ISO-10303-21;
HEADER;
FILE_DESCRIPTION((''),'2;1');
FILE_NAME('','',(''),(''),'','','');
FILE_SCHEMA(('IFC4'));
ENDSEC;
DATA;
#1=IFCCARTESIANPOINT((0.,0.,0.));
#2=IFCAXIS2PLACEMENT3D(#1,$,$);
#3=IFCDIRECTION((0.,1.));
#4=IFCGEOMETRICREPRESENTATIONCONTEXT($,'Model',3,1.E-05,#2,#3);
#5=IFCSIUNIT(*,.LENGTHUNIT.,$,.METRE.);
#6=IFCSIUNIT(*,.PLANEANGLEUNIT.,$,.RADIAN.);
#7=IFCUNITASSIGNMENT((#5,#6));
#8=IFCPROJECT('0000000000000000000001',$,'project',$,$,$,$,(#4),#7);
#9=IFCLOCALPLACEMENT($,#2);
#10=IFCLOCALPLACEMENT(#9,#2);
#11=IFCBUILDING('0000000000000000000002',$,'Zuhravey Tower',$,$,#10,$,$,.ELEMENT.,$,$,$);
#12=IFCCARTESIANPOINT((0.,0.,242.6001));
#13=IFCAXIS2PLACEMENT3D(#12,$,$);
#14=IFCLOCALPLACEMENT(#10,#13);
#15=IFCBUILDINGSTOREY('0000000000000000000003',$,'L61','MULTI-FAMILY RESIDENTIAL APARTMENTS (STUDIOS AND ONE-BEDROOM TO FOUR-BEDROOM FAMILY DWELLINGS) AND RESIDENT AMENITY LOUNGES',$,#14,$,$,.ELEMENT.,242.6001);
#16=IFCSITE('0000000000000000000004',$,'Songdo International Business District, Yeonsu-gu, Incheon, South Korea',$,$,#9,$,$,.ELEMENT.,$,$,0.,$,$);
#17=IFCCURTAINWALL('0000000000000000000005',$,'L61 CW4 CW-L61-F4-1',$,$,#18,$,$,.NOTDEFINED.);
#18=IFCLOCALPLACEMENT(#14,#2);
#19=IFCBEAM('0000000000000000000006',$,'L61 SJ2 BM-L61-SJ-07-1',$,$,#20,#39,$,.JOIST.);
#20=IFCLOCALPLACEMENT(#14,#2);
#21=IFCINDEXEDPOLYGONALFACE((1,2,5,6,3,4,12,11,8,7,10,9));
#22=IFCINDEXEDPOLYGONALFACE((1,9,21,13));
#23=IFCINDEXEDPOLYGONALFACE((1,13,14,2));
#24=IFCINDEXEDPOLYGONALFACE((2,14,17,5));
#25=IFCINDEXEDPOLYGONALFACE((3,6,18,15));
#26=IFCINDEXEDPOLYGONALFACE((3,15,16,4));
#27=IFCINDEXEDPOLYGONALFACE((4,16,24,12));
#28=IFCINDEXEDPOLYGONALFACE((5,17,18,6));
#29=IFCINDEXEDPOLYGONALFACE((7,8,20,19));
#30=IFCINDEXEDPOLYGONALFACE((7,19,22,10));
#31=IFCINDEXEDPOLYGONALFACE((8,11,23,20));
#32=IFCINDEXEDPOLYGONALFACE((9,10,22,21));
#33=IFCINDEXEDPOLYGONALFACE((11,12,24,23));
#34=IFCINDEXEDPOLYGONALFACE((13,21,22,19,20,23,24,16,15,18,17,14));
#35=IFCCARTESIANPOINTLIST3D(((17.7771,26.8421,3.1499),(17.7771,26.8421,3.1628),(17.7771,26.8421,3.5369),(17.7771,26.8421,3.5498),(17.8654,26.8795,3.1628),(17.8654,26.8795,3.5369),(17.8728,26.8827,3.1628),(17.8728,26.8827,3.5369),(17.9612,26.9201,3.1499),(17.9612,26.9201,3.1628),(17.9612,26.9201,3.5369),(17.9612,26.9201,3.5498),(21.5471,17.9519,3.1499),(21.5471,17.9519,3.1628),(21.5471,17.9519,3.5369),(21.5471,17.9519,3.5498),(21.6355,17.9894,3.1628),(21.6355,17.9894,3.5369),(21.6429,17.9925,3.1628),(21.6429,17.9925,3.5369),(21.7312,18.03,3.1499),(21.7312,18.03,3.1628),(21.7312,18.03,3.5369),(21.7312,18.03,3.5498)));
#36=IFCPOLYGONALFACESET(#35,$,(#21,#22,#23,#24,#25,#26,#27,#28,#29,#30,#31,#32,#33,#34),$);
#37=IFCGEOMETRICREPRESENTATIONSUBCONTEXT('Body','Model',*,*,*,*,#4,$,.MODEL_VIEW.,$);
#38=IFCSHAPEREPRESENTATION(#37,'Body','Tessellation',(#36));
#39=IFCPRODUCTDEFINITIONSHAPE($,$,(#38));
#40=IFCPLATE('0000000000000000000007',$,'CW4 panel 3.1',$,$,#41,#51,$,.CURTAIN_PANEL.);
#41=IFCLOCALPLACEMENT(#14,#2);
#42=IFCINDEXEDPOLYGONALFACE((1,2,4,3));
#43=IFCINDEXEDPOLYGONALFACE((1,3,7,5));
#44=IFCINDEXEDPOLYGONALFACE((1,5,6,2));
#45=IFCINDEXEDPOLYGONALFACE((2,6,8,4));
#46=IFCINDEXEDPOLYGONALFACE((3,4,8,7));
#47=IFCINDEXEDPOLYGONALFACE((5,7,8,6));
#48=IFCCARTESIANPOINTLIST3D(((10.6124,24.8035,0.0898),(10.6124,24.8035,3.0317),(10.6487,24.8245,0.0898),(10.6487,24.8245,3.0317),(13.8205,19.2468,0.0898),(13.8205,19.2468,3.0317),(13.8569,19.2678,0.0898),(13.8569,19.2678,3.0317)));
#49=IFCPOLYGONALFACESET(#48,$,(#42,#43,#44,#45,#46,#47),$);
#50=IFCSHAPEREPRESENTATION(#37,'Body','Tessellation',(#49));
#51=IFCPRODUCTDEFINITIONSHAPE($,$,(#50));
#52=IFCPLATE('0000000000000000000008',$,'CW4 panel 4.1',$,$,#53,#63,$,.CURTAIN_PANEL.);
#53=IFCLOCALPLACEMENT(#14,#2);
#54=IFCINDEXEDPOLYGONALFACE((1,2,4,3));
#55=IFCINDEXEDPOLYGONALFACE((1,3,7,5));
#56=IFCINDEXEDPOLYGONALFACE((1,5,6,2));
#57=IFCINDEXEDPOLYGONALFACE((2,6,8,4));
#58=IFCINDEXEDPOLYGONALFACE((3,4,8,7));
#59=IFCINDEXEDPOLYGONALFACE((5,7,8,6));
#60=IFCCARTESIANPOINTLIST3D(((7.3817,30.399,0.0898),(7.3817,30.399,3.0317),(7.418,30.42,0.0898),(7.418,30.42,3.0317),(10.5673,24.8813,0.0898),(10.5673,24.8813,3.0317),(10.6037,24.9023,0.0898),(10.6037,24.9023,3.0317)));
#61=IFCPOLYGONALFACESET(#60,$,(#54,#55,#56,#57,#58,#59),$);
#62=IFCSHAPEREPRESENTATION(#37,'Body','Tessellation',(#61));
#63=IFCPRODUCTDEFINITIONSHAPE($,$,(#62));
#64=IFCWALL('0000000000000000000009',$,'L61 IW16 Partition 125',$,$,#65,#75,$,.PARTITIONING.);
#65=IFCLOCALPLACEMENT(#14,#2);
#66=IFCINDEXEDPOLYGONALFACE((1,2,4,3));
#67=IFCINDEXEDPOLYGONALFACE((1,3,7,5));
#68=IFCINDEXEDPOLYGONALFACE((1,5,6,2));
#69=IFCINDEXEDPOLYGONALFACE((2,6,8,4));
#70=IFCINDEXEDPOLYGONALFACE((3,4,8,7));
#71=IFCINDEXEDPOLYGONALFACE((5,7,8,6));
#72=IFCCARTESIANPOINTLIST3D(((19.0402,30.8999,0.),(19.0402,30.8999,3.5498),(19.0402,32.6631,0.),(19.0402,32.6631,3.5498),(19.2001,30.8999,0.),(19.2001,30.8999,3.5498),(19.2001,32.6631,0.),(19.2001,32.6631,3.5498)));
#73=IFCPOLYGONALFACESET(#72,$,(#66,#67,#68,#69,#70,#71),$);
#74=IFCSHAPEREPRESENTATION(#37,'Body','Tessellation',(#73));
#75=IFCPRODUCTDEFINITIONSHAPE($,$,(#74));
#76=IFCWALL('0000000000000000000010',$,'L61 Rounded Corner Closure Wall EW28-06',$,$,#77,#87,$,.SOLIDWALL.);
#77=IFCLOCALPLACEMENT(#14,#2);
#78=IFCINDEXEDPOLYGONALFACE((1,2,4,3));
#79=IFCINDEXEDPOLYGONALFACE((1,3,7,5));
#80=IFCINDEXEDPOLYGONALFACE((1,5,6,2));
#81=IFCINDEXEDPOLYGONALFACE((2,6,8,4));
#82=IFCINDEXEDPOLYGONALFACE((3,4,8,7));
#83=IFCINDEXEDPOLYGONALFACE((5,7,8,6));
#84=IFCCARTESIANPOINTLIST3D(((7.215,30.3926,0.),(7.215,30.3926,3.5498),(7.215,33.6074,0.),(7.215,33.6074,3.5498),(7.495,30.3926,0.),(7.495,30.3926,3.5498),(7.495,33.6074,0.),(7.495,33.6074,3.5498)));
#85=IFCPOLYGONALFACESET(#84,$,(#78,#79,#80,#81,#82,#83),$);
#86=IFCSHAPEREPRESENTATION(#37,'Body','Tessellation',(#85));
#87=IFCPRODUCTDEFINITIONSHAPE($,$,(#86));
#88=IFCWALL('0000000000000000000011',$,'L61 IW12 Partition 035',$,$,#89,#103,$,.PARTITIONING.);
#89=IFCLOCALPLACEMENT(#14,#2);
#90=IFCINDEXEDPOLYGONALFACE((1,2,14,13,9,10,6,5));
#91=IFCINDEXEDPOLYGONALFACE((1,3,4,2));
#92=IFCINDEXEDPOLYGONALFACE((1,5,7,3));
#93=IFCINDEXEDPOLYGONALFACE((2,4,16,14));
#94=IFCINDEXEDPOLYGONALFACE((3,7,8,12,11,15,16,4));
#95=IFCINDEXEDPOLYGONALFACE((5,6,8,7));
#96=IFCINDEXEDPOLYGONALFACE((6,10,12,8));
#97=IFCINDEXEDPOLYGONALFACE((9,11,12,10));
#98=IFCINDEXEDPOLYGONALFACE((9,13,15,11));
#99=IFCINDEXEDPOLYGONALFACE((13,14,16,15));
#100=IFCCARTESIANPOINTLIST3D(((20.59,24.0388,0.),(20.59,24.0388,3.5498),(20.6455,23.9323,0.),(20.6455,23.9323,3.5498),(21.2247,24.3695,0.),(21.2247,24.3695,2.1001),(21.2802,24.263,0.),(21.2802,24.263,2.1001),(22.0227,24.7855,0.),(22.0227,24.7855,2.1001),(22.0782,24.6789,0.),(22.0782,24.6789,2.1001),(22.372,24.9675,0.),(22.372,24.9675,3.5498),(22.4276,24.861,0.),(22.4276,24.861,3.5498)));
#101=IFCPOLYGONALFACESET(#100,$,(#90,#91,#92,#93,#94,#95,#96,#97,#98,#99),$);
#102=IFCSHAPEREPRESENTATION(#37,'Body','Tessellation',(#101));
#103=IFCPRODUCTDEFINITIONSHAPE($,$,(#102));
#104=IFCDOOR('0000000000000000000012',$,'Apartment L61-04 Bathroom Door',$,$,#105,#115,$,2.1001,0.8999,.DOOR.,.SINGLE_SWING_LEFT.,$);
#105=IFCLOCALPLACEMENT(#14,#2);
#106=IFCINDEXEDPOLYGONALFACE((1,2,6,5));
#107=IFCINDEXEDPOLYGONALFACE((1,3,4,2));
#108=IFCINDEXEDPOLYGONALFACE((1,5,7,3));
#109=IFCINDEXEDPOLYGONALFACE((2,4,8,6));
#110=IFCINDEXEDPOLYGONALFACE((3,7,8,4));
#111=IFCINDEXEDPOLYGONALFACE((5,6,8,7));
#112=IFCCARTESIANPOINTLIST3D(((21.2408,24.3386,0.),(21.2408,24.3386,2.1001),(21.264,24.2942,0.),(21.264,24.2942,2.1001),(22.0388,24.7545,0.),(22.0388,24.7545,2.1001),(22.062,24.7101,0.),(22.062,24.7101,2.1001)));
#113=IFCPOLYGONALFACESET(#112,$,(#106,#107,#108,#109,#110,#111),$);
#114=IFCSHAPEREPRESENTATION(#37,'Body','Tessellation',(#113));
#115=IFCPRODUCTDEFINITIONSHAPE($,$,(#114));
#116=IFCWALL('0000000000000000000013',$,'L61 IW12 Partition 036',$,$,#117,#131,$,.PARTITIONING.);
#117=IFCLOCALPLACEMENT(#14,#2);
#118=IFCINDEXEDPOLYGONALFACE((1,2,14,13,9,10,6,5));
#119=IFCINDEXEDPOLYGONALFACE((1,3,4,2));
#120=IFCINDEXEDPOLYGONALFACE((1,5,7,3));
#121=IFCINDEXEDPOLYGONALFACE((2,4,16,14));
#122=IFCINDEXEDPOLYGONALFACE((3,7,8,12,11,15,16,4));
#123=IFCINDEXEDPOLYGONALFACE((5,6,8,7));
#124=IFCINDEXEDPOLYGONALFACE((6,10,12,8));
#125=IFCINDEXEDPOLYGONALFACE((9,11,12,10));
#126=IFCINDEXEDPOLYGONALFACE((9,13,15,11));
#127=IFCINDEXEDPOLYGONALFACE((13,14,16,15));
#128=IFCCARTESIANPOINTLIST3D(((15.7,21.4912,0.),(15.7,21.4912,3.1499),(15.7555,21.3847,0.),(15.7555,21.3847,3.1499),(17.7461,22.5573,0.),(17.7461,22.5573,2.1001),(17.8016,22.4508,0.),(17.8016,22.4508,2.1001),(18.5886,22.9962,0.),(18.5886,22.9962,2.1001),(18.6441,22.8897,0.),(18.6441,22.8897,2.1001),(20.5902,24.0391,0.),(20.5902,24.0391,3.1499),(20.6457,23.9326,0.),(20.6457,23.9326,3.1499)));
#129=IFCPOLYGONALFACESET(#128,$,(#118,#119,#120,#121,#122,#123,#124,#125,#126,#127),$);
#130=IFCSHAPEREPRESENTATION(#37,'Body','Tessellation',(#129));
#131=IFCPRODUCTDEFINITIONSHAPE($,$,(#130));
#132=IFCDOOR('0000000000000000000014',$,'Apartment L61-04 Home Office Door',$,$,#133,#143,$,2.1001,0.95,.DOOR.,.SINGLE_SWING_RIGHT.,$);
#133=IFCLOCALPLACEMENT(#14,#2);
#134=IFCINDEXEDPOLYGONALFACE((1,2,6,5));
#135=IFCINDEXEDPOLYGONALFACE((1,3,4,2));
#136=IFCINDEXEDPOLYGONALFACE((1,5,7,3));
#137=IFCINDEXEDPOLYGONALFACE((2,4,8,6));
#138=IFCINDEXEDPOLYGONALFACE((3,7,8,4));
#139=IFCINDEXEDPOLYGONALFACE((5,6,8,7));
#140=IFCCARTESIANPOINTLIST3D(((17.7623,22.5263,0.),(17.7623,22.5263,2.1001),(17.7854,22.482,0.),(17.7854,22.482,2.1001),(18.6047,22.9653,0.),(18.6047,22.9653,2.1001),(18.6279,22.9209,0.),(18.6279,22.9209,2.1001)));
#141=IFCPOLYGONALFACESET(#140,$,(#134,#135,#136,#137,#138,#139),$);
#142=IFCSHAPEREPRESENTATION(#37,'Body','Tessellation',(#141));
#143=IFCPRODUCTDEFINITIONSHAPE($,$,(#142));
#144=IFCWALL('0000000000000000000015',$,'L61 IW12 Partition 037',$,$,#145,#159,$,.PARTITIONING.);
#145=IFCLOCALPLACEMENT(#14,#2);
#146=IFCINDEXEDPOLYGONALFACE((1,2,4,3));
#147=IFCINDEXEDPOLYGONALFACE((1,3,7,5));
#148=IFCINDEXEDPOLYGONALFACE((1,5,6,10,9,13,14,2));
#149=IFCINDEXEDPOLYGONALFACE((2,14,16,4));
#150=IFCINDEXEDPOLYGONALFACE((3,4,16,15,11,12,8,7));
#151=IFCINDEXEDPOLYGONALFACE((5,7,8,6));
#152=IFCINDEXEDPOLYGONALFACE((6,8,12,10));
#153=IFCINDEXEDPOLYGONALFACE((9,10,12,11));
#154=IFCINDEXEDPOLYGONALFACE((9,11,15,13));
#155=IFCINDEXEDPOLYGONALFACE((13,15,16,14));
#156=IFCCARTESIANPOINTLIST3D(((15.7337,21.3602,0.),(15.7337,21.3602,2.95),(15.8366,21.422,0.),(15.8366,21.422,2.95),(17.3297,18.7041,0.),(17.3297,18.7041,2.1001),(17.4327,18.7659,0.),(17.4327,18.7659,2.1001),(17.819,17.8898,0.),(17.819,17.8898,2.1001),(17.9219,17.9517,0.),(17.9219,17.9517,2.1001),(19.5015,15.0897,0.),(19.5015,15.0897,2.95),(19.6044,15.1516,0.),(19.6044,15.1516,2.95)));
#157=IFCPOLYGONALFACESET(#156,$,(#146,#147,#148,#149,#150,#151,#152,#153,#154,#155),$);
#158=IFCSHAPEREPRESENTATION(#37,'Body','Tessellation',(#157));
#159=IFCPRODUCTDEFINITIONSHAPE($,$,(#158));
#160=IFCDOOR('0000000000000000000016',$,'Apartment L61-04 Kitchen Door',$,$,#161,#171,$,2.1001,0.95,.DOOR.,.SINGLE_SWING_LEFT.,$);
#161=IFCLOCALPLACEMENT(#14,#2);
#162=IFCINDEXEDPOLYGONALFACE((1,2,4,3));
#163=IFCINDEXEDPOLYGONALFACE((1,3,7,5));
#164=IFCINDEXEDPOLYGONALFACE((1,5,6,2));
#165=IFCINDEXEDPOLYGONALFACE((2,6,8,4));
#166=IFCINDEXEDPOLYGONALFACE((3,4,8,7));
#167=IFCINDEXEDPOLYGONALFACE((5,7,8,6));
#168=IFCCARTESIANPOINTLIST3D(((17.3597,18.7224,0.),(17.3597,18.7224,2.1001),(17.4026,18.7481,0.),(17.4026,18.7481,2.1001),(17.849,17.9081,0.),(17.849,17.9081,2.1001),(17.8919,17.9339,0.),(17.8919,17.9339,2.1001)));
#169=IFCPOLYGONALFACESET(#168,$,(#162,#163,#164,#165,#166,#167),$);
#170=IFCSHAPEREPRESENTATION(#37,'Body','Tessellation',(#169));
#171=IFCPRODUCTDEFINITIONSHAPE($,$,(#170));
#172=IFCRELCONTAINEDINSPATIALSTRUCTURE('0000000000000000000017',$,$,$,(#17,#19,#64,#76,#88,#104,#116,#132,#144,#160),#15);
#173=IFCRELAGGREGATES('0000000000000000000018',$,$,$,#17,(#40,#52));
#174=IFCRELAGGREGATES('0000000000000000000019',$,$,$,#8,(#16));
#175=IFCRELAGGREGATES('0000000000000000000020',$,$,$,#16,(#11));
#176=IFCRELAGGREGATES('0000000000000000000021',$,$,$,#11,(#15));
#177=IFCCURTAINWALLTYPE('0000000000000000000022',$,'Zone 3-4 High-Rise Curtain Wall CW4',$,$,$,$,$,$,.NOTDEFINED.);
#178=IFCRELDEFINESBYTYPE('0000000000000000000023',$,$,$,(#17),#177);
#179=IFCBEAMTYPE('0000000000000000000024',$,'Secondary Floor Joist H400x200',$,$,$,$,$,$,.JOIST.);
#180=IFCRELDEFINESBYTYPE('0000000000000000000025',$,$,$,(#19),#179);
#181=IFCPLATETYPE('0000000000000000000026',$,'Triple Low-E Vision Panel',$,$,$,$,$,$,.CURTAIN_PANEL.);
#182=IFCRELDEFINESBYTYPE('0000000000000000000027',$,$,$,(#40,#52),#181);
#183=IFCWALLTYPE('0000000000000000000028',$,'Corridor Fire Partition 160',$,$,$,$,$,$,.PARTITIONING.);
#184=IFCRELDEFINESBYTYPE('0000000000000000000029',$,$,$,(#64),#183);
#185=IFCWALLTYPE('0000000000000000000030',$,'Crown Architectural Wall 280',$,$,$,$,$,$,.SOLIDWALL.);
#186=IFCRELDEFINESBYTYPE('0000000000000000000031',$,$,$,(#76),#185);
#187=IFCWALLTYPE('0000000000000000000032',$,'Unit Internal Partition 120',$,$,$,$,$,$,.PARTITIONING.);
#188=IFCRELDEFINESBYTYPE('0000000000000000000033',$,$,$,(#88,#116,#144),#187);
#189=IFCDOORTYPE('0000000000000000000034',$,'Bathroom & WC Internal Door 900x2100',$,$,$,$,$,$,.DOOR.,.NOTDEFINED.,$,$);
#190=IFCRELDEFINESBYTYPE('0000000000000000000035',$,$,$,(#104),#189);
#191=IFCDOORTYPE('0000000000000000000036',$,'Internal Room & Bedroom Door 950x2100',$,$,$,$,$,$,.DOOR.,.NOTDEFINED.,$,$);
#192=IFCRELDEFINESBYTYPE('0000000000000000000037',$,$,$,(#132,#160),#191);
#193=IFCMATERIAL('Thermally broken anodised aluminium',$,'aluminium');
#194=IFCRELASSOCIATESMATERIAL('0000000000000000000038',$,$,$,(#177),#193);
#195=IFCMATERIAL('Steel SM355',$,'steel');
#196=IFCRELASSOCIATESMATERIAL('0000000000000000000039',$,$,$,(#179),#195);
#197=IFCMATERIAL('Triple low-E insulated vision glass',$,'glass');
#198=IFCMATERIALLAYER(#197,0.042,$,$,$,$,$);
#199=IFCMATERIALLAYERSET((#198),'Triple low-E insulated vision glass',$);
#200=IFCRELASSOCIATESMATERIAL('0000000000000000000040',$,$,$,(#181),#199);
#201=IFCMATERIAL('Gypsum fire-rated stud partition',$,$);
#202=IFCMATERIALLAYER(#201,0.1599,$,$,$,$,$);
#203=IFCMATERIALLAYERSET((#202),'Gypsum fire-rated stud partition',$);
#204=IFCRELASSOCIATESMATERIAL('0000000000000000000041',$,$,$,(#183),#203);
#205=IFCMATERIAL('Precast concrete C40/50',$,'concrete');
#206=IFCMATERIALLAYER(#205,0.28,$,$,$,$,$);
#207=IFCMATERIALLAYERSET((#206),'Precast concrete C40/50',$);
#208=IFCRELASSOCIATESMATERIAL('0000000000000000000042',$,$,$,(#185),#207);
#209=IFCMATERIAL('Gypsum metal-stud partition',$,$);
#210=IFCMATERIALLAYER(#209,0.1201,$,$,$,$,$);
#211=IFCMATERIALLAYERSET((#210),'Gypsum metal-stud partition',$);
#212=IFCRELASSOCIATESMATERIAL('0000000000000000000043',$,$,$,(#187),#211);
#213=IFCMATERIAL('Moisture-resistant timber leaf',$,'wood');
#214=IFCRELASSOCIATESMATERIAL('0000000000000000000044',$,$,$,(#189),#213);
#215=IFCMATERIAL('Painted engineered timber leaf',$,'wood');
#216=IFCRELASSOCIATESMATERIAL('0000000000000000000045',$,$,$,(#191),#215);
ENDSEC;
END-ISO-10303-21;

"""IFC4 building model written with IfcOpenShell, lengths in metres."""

from ifc_helpers import new_model, si_unit, direction, frame, frame_2d, origin, origin_2d, place, context, subcontext, project, spatial, rectangle, i_section, extrude, material, layer, layer_set, material_profile, profile_set, type_object, element, fill, aggregate, save


model = new_model("IFC4")

# Units and contexts
model_context = context("Model", 3, precision=1e-05, world=origin(), true_north=direction((0.0, 1.0)))
body_context = subcontext(model_context, "Body", "Model", "MODEL_VIEW")
ifc_project = project(units=[si_unit("LENGTHUNIT", "METRE"), si_unit("PLANEANGLEUNIT", "RADIAN")], contexts=[model_context])

# Site, building, storey
site_placement = place(None, origin())
site = spatial("IfcSite", under=ifc_project, at=site_placement, Name="Songdo International Business District, Yeonsu-gu, Incheon, South Korea", CompositionType="ELEMENT", RefElevation=0.0)
building_placement = place(site_placement, origin())
building = spatial("IfcBuilding", under=site, at=building_placement, Name="Zuhravey Tower", CompositionType="ELEMENT")
storey_placement = place(building_placement, frame((0.0, 0.0, 242.6001)))
storey = spatial("IfcBuildingStorey", under=building, at=storey_placement, Name="L61", Description="MULTI-FAMILY RESIDENTIAL APARTMENTS (STUDIOS AND ONE-BEDROOM TO FOUR-BEDROOM FAMILY DWELLINGS) AND RESIDENT AMENITY LOUNGES", CompositionType="ELEMENT", Elevation=242.6001)

# Curtain wall
ifc_material_1 = material(Name="Thermally broken anodised aluminium", Category="aluminium")
curtain_wall_type = type_object("IfcCurtainWallType", Name="Zone 3-4 High-Rise Curtain Wall CW4", PredefinedType="NOTDEFINED", material=ifc_material_1)
curtain_wall_placement = place(storey_placement, origin())
curtain_wall = element("IfcCurtainWall", 1, at=curtain_wall_placement, inside=storey, type_object=curtain_wall_type, Name="L61 CW4 CW-L61-F4-1", PredefinedType="NOTDEFINED")

# Beam
ifc_material_2 = material(Name="Steel SM355", Category="steel")
ifc_material_profile_1 = material_profile(ifc_material_2, i_section(OverallWidth=0.2, OverallDepth=0.3999, WebThickness=0.0081, FlangeThickness=0.0129, at=origin_2d()), Name="H-400x200x8x13")
ifc_profile_set_1 = profile_set([ifc_material_profile_1], Name="Steel SM355")
beam_type_1 = type_object("IfcBeamType", Name="Secondary Floor Joist H400x200", PredefinedType="JOIST", material=ifc_profile_set_1)
beam_1_placement = place(storey_placement, frame((17.8691, 26.8811, 3.3499), z_axis=(0.390413, -0.92064, 0.0), x_axis=(0.92064, 0.390413, 0.0)))
element("IfcBeam", 2, at=beam_1_placement, inside=storey, type_object=beam_type_1, Name="L61 SJ2 BM-L61-SJ-07-1", PredefinedType="JOIST", context=body_context, shape_type="SweptSolid", body=[
    extrude(i_section(OverallWidth=0.2, OverallDepth=0.3999, WebThickness=0.0081, FlangeThickness=0.0129, at=origin_2d()), origin(), (0.0, 0.0, 1.0), 9.6565),
])

# Plates
ifc_material_3 = material(Name="Triple low-E insulated vision glass", Category="glass")
ifc_layer_1 = layer(ifc_material_3, 0.042)
ifc_layer_set_1 = layer_set([ifc_layer_1], Name="Triple low-E insulated vision glass")
plate_type = type_object("IfcPlateType", Name="Triple Low-E Vision Panel", PredefinedType="CURTAIN_PANEL", material=ifc_layer_set_1)
plate_1_placement = place(storey_placement, frame((12.2346, 22.0356, 0.0898), z_axis=(0.0, 0.0, 1.0), x_axis=(-0.500001, 0.866025, 0.0)))
plate_1 = element("IfcPlate", 3, at=plate_1_placement, type_object=plate_type, Name="CW4 panel 3.1", PredefinedType="CURTAIN_PANEL", context=body_context, shape_type="SweptSolid", body=[
    extrude(rectangle(XDim=6.4163, YDim=0.042, at=origin_2d()), origin(), (0.0, 0.0, 1.0), 2.9419),
])
plate_2_placement = place(storey_placement, frame((8.9927, 27.6506, 0.0898), z_axis=(0.0, 0.0, 1.0), x_axis=(-0.500001, 0.866025, 0.0)))
plate_2 = element("IfcPlate", 4, at=plate_2_placement, type_object=plate_type, Name="CW4 panel 4.1", PredefinedType="CURTAIN_PANEL", context=body_context, shape_type="SweptSolid", body=[
    extrude(rectangle(XDim=6.3713, YDim=0.042, at=origin_2d()), origin(), (0.0, 0.0, 1.0), 2.9419),
])
aggregate(curtain_wall, [plate_1, plate_2])

# Shared definitions
ifc_material_4 = material(Name="Gypsum fire-rated stud partition")
ifc_layer_2 = layer(ifc_material_4, 0.1599)
ifc_layer_set_2 = layer_set([ifc_layer_2], Name="Gypsum fire-rated stud partition")
wall_type_1 = type_object("IfcWallType", Name="Corridor Fire Partition 160", PredefinedType="PARTITIONING", material=ifc_layer_set_2)

# Walls
wall_1_placement = place(storey_placement, frame((19.1201, 32.6631, 0.0), z_axis=(0.0, 0.0, 1.0), x_axis=(0.0, -1.0, 0.0)))
element("IfcWall", 5, at=wall_1_placement, inside=storey, type_object=wall_type_1, Name="L61 IW16 Partition 125", PredefinedType="PARTITIONING", context=body_context, shape_type="SweptSolid", body=[
    extrude(rectangle(XDim=1.7632, YDim=0.1599, at=frame_2d((0.8816, 0.0))), origin(), (0.0, 0.0, 1.0), 3.5498),
])
ifc_material_5 = material(Name="Precast concrete C40/50", Category="concrete")
ifc_layer_3 = layer(ifc_material_5, 0.28)
ifc_layer_set_3 = layer_set([ifc_layer_3], Name="Precast concrete C40/50")
wall_type_2 = type_object("IfcWallType", Name="Crown Architectural Wall 280", PredefinedType="SOLIDWALL", material=ifc_layer_set_3)
wall_2_placement = place(storey_placement, frame((7.355, 30.3926, 0.0), z_axis=(0.0, 0.0, 1.0), x_axis=(0.0, 1.0, 0.0)))
element("IfcWall", 6, at=wall_2_placement, inside=storey, type_object=wall_type_2, Name="L61 Rounded Corner Closure Wall EW28-06", PredefinedType="SOLIDWALL", context=body_context, shape_type="SweptSolid", body=[
    extrude(rectangle(XDim=3.2148, YDim=0.28, at=frame_2d((1.6074, 0.0))), origin(), (0.0, 0.0, 1.0), 3.5498),
])

# Walls, openings, doors
ifc_material_6 = material(Name="Gypsum metal-stud partition")
ifc_layer_4 = layer(ifc_material_6, 0.1201)
ifc_layer_set_4 = layer_set([ifc_layer_4], Name="Gypsum metal-stud partition")
wall_type_3 = type_object("IfcWallType", Name="Unit Internal Partition 120", PredefinedType="PARTITIONING", material=ifc_layer_set_4)
wall_3_placement = place(storey_placement, frame((22.3999, 24.9143, 0.0), z_axis=(0.0, 0.0, 1.0), x_axis=(-0.886793, -0.462167, 0.0)))
wall_3 = element("IfcWall", 7, at=wall_3_placement, inside=storey, type_object=wall_type_3, Name="L61 IW12 Partition 035", PredefinedType="PARTITIONING", context=body_context, shape_type="SweptSolid", body=[
    extrude(rectangle(XDim=2.0095, YDim=0.1201, at=frame_2d((1.0049, 0.0))), origin(), (0.0, 0.0, 1.0), 3.5498),
])
opening_1_placement = place(wall_3_placement, frame((0.394, 0.0, 0.0)))
opening_1 = element("IfcOpeningElement", 8, at=opening_1_placement, cuts=wall_3, PredefinedType="OPENING", context=body_context, shape_type="SweptSolid", body=[
    extrude(rectangle(XDim=0.8999, YDim=2.1001, at=frame_2d((0.45, 1.05))), frame((0.0, 0.072, 0.0), z_axis=(0.0, -1.0, 0.0), x_axis=(1.0, 0.0, 0.0)), (0.0, 0.0, 1.0), 0.144),
])
ifc_material_7 = material(Name="Moisture-resistant timber leaf", Category="wood")
door_type_1 = type_object("IfcDoorType", Name="Bathroom & WC Internal Door 900x2100", OperationType="NOTDEFINED", PredefinedType="DOOR", material=ifc_material_7)
door_1_placement = place(opening_1_placement, origin())
door_1 = element("IfcDoor", 9, at=door_1_placement, inside=storey, type_object=door_type_1, Name="Apartment L61-04 Bathroom Door", OperationType="SINGLE_SWING_LEFT", OverallHeight=2.1001, OverallWidth=0.8999, PredefinedType="DOOR", context=body_context, shape_type="SweptSolid", body=[
    extrude(rectangle(XDim=0.8999, YDim=2.1001, at=frame_2d((0.45, 1.05))), frame((0.0, 0.0249, 0.0), z_axis=(0.0, -1.0, 0.0), x_axis=(1.0, 0.0, 0.0)), (0.0, 0.0, 1.0), 0.05),
])
fill(opening_1, door_1)
wall_4_placement = place(storey_placement, frame((20.6179, 23.9858, 0.0), z_axis=(0.0, 0.0, 1.0), x_axis=(-0.886847, -0.462064, 0.0)))
wall_4 = element("IfcWall", 10, at=wall_4_placement, inside=storey, type_object=wall_type_3, Name="L61 IW12 Partition 036", PredefinedType="PARTITIONING", context=body_context, shape_type="SweptSolid", body=[
    extrude(rectangle(XDim=5.5142, YDim=0.1201, at=frame_2d((2.7571, 0.0))), origin(), (0.0, 0.0, 1.0), 3.1499),
])
opening_2_placement = place(wall_4_placement, frame((2.2568, 0.0, 0.0)))
opening_2 = element("IfcOpeningElement", 11, at=opening_2_placement, cuts=wall_4, PredefinedType="OPENING", context=body_context, shape_type="SweptSolid", body=[
    extrude(rectangle(XDim=0.95, YDim=2.1001, at=frame_2d((0.4751, 1.05))), frame((0.0, 0.072, 0.0), z_axis=(0.0, -1.0, 0.0), x_axis=(1.0, 0.0, 0.0)), (0.0, 0.0, 1.0), 0.144),
])
ifc_material_8 = material(Name="Painted engineered timber leaf", Category="wood")
door_type_2 = type_object("IfcDoorType", Name="Internal Room & Bedroom Door 950x2100", OperationType="NOTDEFINED", PredefinedType="DOOR", material=ifc_material_8)
door_2_placement = place(opening_2_placement, origin())
door_2 = element("IfcDoor", 12, at=door_2_placement, inside=storey, type_object=door_type_2, Name="Apartment L61-04 Home Office Door", OperationType="SINGLE_SWING_RIGHT", OverallHeight=2.1001, OverallWidth=0.95, PredefinedType="DOOR", context=body_context, shape_type="SweptSolid", body=[
    extrude(rectangle(XDim=0.95, YDim=2.1001, at=frame_2d((0.4751, 1.05))), frame((0.0, 0.0249, 0.0), z_axis=(0.0, -1.0, 0.0), x_axis=(1.0, 0.0, 0.0)), (0.0, 0.0, 1.0), 0.05),
])
fill(opening_2, door_2)
wall_5_placement = place(storey_placement, frame((15.7852, 21.3911, 0.0), z_axis=(0.0, 0.0, 1.0), x_axis=(0.51505, -0.85716, 0.0)))
wall_5 = element("IfcWall", 13, at=wall_5_placement, inside=storey, type_object=wall_type_3, Name="L61 IW12 Partition 037", PredefinedType="PARTITIONING", context=body_context, shape_type="SweptSolid", body=[
    extrude(rectangle(XDim=7.3154, YDim=0.1201, at=frame_2d((3.6577, 0.0))), origin(), (0.0, 0.0, 1.0), 2.95),
])
opening_3_placement = place(wall_5_placement, frame((3.0986, 0.0, 0.0)))
opening_3 = element("IfcOpeningElement", 14, at=opening_3_placement, cuts=wall_5, PredefinedType="OPENING", context=body_context, shape_type="SweptSolid", body=[
    extrude(rectangle(XDim=0.95, YDim=2.1001, at=frame_2d((0.4751, 1.05))), frame((0.0, 0.072, 0.0), z_axis=(0.0, -1.0, 0.0), x_axis=(1.0, 0.0, 0.0)), (0.0, 0.0, 1.0), 0.144),
])
door_3_placement = place(opening_3_placement, frame((0.95, 0.0, 0.0), z_axis=(0.0, 0.0, 1.0), x_axis=(-1.0, 0.0, 0.0)))
door_3 = element("IfcDoor", 15, at=door_3_placement, inside=storey, type_object=door_type_2, Name="Apartment L61-04 Kitchen Door", OperationType="SINGLE_SWING_LEFT", OverallHeight=2.1001, OverallWidth=0.95, PredefinedType="DOOR", context=body_context, shape_type="SweptSolid", body=[
    extrude(rectangle(XDim=0.95, YDim=2.1001, at=frame_2d((0.4751, 1.05))), frame((0.0, 0.0249, 0.0), z_axis=(0.0, -1.0, 0.0), x_axis=(1.0, 0.0, 0.0)), (0.0, 0.0, 1.0), 0.05),
])
fill(opening_3, door_3)

save(model, "model.ifc")
